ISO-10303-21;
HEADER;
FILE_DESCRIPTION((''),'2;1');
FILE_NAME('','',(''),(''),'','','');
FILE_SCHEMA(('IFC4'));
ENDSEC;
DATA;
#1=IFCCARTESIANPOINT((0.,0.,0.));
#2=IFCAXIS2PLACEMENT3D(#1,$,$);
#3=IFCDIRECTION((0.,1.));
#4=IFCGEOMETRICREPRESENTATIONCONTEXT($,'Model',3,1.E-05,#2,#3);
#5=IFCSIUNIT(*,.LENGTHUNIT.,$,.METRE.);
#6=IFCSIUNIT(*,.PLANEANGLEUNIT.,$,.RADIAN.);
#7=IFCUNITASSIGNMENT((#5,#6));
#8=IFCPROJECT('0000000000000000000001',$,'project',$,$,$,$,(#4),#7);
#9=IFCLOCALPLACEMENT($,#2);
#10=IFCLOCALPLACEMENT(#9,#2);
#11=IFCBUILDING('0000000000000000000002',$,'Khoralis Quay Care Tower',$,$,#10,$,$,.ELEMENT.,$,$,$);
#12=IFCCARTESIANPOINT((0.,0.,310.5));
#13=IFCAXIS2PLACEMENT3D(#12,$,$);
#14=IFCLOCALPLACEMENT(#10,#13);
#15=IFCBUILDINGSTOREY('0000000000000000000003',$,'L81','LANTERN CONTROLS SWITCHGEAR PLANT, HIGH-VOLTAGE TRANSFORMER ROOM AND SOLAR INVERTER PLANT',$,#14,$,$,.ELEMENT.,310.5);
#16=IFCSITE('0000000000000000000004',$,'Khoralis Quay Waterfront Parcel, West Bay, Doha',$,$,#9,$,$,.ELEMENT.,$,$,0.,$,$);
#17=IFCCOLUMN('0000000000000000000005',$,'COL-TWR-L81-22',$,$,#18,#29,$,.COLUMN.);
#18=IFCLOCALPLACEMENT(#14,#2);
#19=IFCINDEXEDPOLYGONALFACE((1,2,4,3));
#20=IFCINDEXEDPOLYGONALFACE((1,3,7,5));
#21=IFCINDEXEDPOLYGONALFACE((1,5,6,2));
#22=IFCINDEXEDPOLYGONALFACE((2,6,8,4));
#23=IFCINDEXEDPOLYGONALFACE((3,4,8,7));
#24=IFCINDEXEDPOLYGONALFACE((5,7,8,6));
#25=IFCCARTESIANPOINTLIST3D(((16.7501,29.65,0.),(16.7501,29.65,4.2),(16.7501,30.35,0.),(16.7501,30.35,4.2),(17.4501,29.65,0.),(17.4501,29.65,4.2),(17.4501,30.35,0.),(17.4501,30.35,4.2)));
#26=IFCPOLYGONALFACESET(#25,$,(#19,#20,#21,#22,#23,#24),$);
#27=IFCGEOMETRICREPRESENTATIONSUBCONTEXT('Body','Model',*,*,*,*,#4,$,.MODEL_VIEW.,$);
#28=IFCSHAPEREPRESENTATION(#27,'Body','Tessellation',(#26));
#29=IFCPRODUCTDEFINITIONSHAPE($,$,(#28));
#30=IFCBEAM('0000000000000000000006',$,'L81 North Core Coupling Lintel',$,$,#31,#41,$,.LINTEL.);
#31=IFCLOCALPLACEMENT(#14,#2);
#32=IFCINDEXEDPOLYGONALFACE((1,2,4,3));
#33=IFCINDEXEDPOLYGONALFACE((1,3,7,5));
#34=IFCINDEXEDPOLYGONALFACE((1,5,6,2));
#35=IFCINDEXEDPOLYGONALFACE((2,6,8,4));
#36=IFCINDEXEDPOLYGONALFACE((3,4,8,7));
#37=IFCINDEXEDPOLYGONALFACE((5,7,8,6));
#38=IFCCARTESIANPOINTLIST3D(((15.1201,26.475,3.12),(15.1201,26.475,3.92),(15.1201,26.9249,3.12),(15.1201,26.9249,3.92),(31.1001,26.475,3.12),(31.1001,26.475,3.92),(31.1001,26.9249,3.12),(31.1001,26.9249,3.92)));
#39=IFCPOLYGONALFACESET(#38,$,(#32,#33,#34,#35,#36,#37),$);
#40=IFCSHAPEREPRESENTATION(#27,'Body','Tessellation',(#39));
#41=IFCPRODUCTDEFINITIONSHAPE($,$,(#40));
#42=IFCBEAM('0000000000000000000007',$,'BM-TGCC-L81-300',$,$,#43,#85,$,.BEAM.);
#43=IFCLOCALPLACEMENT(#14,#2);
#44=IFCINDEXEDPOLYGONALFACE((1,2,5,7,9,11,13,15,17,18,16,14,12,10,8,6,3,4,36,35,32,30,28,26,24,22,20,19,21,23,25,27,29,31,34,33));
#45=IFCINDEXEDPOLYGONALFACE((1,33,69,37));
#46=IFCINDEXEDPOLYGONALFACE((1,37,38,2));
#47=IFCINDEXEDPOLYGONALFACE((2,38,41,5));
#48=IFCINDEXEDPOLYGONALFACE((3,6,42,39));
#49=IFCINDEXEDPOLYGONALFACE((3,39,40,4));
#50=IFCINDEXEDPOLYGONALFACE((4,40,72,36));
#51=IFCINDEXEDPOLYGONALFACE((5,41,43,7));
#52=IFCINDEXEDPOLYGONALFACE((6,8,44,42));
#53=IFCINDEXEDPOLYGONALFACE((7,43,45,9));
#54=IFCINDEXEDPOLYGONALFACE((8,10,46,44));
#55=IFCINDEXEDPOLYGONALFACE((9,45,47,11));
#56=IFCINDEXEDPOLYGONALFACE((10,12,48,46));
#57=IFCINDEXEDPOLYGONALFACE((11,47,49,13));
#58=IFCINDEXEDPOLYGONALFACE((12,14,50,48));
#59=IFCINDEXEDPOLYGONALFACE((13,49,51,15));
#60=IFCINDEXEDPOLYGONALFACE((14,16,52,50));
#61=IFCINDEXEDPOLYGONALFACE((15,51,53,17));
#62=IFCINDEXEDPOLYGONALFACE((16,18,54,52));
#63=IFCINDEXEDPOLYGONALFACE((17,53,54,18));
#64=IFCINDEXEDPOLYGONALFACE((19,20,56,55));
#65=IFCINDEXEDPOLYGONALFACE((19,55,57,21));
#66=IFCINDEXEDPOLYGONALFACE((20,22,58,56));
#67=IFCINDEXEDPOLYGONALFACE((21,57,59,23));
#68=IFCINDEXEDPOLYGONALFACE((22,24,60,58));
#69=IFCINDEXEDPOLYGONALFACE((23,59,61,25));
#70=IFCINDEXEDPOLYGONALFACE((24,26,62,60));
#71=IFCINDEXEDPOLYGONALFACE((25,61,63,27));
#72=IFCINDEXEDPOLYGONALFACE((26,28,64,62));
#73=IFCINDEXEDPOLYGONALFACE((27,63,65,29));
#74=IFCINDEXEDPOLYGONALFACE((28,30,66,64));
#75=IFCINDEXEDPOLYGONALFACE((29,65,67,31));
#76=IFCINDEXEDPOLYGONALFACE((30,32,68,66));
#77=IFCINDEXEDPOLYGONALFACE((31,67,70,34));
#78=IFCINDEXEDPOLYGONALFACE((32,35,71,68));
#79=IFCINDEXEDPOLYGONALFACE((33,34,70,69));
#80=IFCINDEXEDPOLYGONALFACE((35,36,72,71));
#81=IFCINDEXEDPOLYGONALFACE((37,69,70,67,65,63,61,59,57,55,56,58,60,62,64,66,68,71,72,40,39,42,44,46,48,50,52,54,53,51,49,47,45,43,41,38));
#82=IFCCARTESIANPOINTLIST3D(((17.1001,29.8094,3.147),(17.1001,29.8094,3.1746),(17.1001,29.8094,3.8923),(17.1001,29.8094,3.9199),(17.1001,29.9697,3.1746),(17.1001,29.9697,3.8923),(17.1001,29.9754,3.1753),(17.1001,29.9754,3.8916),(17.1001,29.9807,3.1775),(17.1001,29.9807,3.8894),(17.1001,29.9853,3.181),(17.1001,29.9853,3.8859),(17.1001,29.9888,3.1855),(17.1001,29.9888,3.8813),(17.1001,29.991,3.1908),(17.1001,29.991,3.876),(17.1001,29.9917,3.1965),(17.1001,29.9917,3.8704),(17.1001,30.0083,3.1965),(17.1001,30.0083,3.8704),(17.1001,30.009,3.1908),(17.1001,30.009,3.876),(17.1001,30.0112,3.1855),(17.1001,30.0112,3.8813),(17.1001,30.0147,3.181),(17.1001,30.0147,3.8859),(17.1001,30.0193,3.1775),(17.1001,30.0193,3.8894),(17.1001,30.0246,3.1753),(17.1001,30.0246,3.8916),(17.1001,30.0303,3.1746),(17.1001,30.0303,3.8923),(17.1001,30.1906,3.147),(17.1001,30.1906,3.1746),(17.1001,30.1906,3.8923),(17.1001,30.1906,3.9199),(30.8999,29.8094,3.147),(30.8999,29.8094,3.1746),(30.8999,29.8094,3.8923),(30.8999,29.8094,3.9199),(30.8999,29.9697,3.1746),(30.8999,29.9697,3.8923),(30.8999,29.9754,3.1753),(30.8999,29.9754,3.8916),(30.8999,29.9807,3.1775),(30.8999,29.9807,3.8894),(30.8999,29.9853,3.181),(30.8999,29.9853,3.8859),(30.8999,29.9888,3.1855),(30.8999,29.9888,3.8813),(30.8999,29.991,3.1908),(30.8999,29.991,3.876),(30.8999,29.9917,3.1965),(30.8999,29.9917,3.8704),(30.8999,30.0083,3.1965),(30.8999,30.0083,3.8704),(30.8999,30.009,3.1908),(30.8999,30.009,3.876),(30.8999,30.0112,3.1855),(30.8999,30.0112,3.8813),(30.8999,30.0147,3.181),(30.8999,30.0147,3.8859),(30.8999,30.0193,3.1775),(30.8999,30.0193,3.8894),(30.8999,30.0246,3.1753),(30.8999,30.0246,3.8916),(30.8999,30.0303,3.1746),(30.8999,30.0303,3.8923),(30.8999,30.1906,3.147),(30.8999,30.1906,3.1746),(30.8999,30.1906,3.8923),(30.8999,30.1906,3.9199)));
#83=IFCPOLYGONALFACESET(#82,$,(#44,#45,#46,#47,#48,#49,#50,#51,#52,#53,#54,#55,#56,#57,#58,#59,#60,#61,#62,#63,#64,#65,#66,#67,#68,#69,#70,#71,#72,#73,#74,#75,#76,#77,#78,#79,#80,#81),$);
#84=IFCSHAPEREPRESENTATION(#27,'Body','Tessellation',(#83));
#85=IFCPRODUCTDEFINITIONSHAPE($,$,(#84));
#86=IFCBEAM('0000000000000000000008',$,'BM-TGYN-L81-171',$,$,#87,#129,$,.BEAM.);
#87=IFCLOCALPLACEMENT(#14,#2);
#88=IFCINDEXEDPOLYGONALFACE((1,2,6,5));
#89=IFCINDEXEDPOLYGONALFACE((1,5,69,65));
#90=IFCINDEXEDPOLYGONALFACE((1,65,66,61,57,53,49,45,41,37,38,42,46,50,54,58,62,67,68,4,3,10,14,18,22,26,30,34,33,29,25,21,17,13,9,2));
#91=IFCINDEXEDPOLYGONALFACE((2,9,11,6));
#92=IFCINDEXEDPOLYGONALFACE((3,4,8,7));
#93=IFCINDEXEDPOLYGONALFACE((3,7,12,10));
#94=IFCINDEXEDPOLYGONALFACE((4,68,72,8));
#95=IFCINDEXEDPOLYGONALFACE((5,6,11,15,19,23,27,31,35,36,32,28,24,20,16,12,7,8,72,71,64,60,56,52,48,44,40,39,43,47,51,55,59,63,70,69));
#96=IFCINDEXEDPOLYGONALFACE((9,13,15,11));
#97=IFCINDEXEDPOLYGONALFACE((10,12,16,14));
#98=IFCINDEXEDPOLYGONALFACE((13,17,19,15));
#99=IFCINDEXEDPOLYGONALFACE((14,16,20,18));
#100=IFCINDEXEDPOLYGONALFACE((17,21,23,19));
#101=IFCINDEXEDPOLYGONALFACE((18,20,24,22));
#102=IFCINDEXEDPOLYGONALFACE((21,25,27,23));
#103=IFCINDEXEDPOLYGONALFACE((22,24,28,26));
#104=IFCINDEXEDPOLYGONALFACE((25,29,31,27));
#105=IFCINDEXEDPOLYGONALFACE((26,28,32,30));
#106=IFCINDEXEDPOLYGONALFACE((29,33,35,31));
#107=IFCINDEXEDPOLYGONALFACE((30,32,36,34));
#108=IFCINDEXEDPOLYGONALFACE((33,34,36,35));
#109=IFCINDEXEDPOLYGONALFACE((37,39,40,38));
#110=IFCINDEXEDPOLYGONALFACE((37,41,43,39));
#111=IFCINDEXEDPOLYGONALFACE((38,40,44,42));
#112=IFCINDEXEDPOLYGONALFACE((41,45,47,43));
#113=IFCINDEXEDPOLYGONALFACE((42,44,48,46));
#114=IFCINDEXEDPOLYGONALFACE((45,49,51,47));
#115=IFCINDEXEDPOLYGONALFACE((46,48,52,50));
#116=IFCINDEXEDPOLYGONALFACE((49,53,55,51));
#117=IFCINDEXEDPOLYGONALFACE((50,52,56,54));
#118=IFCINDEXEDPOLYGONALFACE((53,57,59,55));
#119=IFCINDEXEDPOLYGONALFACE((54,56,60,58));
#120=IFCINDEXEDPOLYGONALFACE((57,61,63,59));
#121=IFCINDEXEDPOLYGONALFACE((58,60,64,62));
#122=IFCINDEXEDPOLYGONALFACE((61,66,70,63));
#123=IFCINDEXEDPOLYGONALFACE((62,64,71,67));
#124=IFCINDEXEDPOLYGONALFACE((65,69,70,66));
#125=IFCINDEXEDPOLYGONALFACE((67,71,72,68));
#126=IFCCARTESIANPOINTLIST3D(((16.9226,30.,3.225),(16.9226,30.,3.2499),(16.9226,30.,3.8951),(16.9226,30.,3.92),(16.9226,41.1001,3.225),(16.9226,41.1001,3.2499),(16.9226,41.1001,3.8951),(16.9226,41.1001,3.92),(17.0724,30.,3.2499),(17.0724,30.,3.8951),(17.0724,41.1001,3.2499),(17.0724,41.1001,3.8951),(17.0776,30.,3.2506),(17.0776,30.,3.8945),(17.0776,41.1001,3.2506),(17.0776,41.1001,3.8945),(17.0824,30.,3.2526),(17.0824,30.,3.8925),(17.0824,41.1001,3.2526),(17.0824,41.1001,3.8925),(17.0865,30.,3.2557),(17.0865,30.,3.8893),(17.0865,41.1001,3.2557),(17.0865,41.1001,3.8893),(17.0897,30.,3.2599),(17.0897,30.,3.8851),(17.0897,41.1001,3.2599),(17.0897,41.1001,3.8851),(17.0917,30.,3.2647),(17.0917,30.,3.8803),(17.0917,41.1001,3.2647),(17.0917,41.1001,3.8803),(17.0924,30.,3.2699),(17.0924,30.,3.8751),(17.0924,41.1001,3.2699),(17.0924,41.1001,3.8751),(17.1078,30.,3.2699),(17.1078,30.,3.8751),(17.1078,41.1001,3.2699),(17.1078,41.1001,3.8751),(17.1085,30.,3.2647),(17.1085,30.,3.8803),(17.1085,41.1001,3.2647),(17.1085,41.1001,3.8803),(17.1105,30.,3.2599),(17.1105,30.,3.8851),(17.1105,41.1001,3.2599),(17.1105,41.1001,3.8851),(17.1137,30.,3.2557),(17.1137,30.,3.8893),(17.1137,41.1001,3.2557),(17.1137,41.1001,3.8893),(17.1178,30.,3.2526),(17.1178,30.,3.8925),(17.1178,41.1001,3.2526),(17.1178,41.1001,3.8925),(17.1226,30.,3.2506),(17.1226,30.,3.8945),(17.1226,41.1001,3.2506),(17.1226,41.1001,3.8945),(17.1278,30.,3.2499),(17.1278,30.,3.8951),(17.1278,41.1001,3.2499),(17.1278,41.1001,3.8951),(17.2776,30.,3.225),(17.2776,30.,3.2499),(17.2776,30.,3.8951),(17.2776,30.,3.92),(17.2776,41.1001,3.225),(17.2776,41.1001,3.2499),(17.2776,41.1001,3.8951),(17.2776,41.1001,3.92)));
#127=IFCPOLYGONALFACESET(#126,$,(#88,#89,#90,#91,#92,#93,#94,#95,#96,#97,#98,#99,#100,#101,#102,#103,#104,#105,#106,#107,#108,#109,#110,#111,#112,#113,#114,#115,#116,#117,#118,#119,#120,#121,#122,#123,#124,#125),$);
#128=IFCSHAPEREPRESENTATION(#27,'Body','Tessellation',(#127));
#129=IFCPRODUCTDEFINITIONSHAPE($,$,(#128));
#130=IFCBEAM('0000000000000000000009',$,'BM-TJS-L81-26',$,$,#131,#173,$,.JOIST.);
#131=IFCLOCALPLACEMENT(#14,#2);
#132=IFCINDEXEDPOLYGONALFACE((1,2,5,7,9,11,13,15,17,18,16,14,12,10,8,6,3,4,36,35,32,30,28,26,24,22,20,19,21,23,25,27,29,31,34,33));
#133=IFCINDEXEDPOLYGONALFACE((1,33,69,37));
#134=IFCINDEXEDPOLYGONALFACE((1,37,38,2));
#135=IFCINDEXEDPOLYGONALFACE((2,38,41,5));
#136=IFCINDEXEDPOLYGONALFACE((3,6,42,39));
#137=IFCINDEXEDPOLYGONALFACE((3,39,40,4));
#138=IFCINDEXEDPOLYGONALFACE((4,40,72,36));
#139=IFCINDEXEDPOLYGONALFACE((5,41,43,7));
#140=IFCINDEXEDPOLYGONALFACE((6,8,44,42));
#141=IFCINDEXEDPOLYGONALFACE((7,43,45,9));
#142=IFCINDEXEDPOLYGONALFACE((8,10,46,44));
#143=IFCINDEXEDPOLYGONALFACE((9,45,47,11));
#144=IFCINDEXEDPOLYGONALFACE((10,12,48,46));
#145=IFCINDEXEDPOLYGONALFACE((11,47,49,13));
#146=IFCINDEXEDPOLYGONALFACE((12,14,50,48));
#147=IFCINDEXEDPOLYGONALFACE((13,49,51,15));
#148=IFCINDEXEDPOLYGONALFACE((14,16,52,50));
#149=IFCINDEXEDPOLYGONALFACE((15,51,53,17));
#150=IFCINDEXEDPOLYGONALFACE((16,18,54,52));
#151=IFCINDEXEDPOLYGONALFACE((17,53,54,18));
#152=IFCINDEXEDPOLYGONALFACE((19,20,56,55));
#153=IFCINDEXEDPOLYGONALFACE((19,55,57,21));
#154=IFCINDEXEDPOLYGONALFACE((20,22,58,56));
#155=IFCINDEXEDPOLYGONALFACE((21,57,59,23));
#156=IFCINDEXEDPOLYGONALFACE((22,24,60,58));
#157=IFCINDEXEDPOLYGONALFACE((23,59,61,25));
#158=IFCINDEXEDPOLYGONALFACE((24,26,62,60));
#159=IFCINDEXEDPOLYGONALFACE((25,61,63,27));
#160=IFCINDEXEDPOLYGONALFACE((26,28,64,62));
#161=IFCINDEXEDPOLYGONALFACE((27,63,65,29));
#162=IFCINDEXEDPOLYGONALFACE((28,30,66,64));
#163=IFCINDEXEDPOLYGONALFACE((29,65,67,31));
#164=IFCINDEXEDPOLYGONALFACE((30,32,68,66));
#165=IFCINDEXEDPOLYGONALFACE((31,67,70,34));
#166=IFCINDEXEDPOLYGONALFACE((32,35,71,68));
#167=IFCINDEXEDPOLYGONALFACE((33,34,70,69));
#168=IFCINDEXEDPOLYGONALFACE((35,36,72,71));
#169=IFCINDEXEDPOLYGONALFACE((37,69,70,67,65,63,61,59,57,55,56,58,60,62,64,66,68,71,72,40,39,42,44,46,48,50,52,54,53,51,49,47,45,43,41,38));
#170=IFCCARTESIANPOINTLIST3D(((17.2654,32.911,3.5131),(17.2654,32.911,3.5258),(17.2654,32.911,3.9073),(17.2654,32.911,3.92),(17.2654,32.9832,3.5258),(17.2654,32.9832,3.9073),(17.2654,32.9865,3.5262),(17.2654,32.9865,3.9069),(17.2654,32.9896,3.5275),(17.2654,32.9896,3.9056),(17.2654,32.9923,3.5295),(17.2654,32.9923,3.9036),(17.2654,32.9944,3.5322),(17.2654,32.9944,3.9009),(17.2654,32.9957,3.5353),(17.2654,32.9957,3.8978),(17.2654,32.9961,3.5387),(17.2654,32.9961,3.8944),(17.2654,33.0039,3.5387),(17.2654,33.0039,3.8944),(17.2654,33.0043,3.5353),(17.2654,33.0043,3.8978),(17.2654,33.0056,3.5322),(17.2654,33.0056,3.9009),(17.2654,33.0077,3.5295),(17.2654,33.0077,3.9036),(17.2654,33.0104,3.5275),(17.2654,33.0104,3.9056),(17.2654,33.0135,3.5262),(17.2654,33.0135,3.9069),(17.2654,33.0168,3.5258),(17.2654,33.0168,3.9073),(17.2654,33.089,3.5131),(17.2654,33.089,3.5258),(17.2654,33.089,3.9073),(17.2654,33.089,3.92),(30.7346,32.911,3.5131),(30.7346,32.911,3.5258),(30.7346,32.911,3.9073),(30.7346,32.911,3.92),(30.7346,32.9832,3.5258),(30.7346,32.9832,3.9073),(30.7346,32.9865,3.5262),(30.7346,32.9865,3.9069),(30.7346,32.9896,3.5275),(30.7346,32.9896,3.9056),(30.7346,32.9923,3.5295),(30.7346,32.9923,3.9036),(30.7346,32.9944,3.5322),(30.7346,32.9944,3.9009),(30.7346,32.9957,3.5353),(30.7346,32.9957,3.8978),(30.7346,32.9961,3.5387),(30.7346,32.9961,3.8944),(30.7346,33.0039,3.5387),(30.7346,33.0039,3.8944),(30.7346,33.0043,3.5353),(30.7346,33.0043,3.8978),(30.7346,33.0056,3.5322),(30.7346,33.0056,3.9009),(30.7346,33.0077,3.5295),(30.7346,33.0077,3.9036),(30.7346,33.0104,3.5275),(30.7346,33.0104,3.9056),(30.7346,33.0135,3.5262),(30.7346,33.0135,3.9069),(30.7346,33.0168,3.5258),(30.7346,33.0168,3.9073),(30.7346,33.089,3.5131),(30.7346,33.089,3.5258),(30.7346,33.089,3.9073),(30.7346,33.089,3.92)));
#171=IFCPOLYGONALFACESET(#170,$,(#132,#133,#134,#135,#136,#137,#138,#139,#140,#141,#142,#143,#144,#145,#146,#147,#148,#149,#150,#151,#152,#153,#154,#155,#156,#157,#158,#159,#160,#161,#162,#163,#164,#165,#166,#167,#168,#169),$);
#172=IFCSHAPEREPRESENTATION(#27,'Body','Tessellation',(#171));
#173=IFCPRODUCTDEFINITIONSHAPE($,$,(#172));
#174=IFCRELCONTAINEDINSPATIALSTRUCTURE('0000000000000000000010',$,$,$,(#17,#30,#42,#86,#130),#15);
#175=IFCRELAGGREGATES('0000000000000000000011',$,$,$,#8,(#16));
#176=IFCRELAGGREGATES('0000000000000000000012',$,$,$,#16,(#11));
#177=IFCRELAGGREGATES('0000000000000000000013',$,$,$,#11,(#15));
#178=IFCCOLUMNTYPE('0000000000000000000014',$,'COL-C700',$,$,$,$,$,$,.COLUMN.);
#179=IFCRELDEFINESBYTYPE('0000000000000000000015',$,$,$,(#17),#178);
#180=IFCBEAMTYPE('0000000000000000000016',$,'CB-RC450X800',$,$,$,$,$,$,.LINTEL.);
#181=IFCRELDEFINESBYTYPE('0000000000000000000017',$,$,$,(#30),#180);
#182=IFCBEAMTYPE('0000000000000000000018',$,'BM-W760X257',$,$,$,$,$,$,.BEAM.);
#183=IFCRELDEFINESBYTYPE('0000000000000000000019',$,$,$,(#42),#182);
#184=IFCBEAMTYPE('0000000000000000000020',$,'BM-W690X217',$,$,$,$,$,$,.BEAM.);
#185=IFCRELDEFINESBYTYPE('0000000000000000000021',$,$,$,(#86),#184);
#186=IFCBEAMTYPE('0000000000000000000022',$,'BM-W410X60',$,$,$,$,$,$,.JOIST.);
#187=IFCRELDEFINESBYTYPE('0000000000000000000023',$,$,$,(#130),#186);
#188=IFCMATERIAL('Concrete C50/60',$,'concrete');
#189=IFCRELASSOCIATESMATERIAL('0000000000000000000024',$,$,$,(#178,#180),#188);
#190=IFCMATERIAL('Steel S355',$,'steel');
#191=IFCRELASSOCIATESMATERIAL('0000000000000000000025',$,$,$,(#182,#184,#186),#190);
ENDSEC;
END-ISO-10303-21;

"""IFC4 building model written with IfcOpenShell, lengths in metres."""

from ifc_helpers import new_model, si_unit, direction, frame, origin, origin_2d, place, context, subcontext, project, spatial, rectangle, i_section, extrude, source, transform, mapped, material, material_profile, profile_set, type_object, element, save


model = new_model("IFC4")

# Units and contexts
model_context = context("Model", 3, precision=1e-05, world=origin(), true_north=direction((0.0, 1.0)))
body_context = subcontext(model_context, "Body", "Model", "MODEL_VIEW")
ifc_project = project(units=[si_unit("LENGTHUNIT", "METRE"), si_unit("PLANEANGLEUNIT", "RADIAN")], contexts=[model_context])

# Site, building, storey
site_placement = place(None, origin())
site = spatial("IfcSite", under=ifc_project, at=site_placement, Name="Khoralis Quay Waterfront Parcel, West Bay, Doha", CompositionType="ELEMENT", RefElevation=0.0)
building_placement = place(site_placement, origin())
building = spatial("IfcBuilding", under=site, at=building_placement, Name="Khoralis Quay Care Tower", CompositionType="ELEMENT")
storey_placement = place(building_placement, frame((0.0, 0.0, 310.5)))
storey = spatial("IfcBuildingStorey", under=building, at=storey_placement, Name="L81", Description="LANTERN CONTROLS SWITCHGEAR PLANT, HIGH-VOLTAGE TRANSFORMER ROOM AND SOLAR INVERTER PLANT", CompositionType="ELEMENT", Elevation=310.5)

# Column
ifc_material_1 = material(Name="Concrete C50/60", Category="concrete")
ifc_material_profile_1 = material_profile(ifc_material_1, rectangle(XDim=0.7, YDim=0.7, at=origin_2d()), Name="Concrete C50/60")
ifc_profile_set_1 = profile_set([ifc_material_profile_1], Name="Concrete C50/60")
column_type = type_object("IfcColumnType", Name="COL-C700", PredefinedType="COLUMN", material=ifc_profile_set_1)
shared_shape_1 = source(origin(), body_context, "Body", "SweptSolid", [
    extrude(rectangle(XDim=0.7, YDim=0.7, at=origin_2d()), origin(), (0.0, 0.0, 1.0), 4.2),
])
column_placement = place(storey_placement, frame((17.1001, 30.0, 0.0), z_axis=(0.0, 0.0, 1.0), x_axis=(1.0, 0.0, 0.0)))
element("IfcColumn", 1, at=column_placement, inside=storey, type_object=column_type, Name="COL-TWR-L81-22", PredefinedType="COLUMN", context=body_context, shape_type="MappedRepresentation", body=[
    mapped(shared_shape_1, transform((0.0, 0.0, 0.0), scale=1.0)),
])

# Beams
ifc_material_profile_2 = material_profile(ifc_material_1, rectangle(XDim=0.45, YDim=0.8, at=origin_2d()), Name="Concrete C50/60")
ifc_profile_set_2 = profile_set([ifc_material_profile_2], Name="Concrete C50/60")
beam_type_1 = type_object("IfcBeamType", Name="CB-RC450X800", PredefinedType="LINTEL", material=ifc_profile_set_2)
shared_shape_2 = source(origin(), body_context, "Body", "SweptSolid", [
    extrude(rectangle(XDim=0.45, YDim=0.8, at=origin_2d()), origin(), (0.0, 0.0, 1.0), 15.98),
])
beam_1_placement = place(storey_placement, frame((15.1201, 26.7, 3.52), z_axis=(1.0, 0.0, 0.0), x_axis=(0.0, 1.0, 0.0)))
element("IfcBeam", 2, at=beam_1_placement, inside=storey, type_object=beam_type_1, Name="L81 North Core Coupling Lintel", PredefinedType="LINTEL", context=body_context, shape_type="MappedRepresentation", body=[
    mapped(shared_shape_2, transform((0.0, 0.0, 0.0), scale=1.0)),
])
ifc_material_2 = material(Name="Steel S355", Category="steel")
ifc_material_profile_3 = material_profile(ifc_material_2, i_section(OverallWidth=0.3811, OverallDepth=0.7729, WebThickness=0.0166, FlangeThickness=0.0276, FilletRadius=0.022, at=origin_2d()), Name="Steel S355")
ifc_profile_set_3 = profile_set([ifc_material_profile_3], Name="Steel S355")
beam_type_2 = type_object("IfcBeamType", Name="BM-W760X257", PredefinedType="BEAM", material=ifc_profile_set_3)
shared_shape_3 = source(origin(), body_context, "Body", "SweptSolid", [
    extrude(i_section(OverallWidth=0.3811, OverallDepth=0.7729, WebThickness=0.0166, FlangeThickness=0.0276, FilletRadius=0.022, at=origin_2d()), origin(), (0.0, 0.0, 1.0), 13.7998),
])
beam_2_placement = place(storey_placement, frame((17.1001, 30.0, 3.5334), z_axis=(1.0, 0.0, 0.0), x_axis=(0.0, 1.0, 0.0)))
element("IfcBeam", 3, at=beam_2_placement, inside=storey, type_object=beam_type_2, Name="BM-TGCC-L81-300", PredefinedType="BEAM", context=body_context, shape_type="MappedRepresentation", body=[
    mapped(shared_shape_3, transform((0.0, 0.0, 0.0), scale=1.0)),
])
ifc_material_profile_4 = material_profile(ifc_material_2, i_section(OverallWidth=0.355, OverallDepth=0.6951, WebThickness=0.0154, FlangeThickness=0.0249, FilletRadius=0.02, at=origin_2d()), Name="Steel S355")
ifc_profile_set_4 = profile_set([ifc_material_profile_4], Name="Steel S355")
beam_type_3 = type_object("IfcBeamType", Name="BM-W690X217", PredefinedType="BEAM", material=ifc_profile_set_4)
shared_shape_4 = source(origin(), body_context, "Body", "SweptSolid", [
    extrude(i_section(OverallWidth=0.355, OverallDepth=0.6951, WebThickness=0.0154, FlangeThickness=0.0249, FilletRadius=0.02, at=origin_2d()), origin(), (0.0, 0.0, 1.0), 11.1001),
])
beam_3_placement = place(storey_placement, frame((17.1001, 30.0, 3.5725), z_axis=(0.0, 1.0, 0.0), x_axis=(-1.0, 0.0, 0.0)))
element("IfcBeam", 4, at=beam_3_placement, inside=storey, type_object=beam_type_3, Name="BM-TGYN-L81-171", PredefinedType="BEAM", context=body_context, shape_type="MappedRepresentation", body=[
    mapped(shared_shape_4, transform((0.0, 0.0, 0.0), scale=1.0)),
])
ifc_material_profile_5 = material_profile(ifc_material_2, i_section(OverallWidth=0.178, OverallDepth=0.407, WebThickness=0.0078, FlangeThickness=0.0127, FilletRadius=0.0129, at=origin_2d()), Name="Steel S355")
ifc_profile_set_5 = profile_set([ifc_material_profile_5], Name="Steel S355")
beam_type_4 = type_object("IfcBeamType", Name="BM-W410X60", PredefinedType="JOIST", material=ifc_profile_set_5)
shared_shape_5 = source(origin(), body_context, "Body", "SweptSolid", [
    extrude(i_section(OverallWidth=0.178, OverallDepth=0.407, WebThickness=0.0078, FlangeThickness=0.0127, FilletRadius=0.0129, at=origin_2d()), origin(), (0.0, 0.0, 1.0), 13.4692),
])
beam_4_placement = place(storey_placement, frame((17.2654, 33.0, 3.7166), z_axis=(1.0, 0.0, 0.0), x_axis=(0.0, 1.0, 0.0)))
element("IfcBeam", 5, at=beam_4_placement, inside=storey, type_object=beam_type_4, Name="BM-TJS-L81-26", PredefinedType="JOIST", context=body_context, shape_type="MappedRepresentation", body=[
    mapped(shared_shape_5, transform((0.0, 0.0, 0.0), scale=1.0)),
])

save(model, "model.ifc")
